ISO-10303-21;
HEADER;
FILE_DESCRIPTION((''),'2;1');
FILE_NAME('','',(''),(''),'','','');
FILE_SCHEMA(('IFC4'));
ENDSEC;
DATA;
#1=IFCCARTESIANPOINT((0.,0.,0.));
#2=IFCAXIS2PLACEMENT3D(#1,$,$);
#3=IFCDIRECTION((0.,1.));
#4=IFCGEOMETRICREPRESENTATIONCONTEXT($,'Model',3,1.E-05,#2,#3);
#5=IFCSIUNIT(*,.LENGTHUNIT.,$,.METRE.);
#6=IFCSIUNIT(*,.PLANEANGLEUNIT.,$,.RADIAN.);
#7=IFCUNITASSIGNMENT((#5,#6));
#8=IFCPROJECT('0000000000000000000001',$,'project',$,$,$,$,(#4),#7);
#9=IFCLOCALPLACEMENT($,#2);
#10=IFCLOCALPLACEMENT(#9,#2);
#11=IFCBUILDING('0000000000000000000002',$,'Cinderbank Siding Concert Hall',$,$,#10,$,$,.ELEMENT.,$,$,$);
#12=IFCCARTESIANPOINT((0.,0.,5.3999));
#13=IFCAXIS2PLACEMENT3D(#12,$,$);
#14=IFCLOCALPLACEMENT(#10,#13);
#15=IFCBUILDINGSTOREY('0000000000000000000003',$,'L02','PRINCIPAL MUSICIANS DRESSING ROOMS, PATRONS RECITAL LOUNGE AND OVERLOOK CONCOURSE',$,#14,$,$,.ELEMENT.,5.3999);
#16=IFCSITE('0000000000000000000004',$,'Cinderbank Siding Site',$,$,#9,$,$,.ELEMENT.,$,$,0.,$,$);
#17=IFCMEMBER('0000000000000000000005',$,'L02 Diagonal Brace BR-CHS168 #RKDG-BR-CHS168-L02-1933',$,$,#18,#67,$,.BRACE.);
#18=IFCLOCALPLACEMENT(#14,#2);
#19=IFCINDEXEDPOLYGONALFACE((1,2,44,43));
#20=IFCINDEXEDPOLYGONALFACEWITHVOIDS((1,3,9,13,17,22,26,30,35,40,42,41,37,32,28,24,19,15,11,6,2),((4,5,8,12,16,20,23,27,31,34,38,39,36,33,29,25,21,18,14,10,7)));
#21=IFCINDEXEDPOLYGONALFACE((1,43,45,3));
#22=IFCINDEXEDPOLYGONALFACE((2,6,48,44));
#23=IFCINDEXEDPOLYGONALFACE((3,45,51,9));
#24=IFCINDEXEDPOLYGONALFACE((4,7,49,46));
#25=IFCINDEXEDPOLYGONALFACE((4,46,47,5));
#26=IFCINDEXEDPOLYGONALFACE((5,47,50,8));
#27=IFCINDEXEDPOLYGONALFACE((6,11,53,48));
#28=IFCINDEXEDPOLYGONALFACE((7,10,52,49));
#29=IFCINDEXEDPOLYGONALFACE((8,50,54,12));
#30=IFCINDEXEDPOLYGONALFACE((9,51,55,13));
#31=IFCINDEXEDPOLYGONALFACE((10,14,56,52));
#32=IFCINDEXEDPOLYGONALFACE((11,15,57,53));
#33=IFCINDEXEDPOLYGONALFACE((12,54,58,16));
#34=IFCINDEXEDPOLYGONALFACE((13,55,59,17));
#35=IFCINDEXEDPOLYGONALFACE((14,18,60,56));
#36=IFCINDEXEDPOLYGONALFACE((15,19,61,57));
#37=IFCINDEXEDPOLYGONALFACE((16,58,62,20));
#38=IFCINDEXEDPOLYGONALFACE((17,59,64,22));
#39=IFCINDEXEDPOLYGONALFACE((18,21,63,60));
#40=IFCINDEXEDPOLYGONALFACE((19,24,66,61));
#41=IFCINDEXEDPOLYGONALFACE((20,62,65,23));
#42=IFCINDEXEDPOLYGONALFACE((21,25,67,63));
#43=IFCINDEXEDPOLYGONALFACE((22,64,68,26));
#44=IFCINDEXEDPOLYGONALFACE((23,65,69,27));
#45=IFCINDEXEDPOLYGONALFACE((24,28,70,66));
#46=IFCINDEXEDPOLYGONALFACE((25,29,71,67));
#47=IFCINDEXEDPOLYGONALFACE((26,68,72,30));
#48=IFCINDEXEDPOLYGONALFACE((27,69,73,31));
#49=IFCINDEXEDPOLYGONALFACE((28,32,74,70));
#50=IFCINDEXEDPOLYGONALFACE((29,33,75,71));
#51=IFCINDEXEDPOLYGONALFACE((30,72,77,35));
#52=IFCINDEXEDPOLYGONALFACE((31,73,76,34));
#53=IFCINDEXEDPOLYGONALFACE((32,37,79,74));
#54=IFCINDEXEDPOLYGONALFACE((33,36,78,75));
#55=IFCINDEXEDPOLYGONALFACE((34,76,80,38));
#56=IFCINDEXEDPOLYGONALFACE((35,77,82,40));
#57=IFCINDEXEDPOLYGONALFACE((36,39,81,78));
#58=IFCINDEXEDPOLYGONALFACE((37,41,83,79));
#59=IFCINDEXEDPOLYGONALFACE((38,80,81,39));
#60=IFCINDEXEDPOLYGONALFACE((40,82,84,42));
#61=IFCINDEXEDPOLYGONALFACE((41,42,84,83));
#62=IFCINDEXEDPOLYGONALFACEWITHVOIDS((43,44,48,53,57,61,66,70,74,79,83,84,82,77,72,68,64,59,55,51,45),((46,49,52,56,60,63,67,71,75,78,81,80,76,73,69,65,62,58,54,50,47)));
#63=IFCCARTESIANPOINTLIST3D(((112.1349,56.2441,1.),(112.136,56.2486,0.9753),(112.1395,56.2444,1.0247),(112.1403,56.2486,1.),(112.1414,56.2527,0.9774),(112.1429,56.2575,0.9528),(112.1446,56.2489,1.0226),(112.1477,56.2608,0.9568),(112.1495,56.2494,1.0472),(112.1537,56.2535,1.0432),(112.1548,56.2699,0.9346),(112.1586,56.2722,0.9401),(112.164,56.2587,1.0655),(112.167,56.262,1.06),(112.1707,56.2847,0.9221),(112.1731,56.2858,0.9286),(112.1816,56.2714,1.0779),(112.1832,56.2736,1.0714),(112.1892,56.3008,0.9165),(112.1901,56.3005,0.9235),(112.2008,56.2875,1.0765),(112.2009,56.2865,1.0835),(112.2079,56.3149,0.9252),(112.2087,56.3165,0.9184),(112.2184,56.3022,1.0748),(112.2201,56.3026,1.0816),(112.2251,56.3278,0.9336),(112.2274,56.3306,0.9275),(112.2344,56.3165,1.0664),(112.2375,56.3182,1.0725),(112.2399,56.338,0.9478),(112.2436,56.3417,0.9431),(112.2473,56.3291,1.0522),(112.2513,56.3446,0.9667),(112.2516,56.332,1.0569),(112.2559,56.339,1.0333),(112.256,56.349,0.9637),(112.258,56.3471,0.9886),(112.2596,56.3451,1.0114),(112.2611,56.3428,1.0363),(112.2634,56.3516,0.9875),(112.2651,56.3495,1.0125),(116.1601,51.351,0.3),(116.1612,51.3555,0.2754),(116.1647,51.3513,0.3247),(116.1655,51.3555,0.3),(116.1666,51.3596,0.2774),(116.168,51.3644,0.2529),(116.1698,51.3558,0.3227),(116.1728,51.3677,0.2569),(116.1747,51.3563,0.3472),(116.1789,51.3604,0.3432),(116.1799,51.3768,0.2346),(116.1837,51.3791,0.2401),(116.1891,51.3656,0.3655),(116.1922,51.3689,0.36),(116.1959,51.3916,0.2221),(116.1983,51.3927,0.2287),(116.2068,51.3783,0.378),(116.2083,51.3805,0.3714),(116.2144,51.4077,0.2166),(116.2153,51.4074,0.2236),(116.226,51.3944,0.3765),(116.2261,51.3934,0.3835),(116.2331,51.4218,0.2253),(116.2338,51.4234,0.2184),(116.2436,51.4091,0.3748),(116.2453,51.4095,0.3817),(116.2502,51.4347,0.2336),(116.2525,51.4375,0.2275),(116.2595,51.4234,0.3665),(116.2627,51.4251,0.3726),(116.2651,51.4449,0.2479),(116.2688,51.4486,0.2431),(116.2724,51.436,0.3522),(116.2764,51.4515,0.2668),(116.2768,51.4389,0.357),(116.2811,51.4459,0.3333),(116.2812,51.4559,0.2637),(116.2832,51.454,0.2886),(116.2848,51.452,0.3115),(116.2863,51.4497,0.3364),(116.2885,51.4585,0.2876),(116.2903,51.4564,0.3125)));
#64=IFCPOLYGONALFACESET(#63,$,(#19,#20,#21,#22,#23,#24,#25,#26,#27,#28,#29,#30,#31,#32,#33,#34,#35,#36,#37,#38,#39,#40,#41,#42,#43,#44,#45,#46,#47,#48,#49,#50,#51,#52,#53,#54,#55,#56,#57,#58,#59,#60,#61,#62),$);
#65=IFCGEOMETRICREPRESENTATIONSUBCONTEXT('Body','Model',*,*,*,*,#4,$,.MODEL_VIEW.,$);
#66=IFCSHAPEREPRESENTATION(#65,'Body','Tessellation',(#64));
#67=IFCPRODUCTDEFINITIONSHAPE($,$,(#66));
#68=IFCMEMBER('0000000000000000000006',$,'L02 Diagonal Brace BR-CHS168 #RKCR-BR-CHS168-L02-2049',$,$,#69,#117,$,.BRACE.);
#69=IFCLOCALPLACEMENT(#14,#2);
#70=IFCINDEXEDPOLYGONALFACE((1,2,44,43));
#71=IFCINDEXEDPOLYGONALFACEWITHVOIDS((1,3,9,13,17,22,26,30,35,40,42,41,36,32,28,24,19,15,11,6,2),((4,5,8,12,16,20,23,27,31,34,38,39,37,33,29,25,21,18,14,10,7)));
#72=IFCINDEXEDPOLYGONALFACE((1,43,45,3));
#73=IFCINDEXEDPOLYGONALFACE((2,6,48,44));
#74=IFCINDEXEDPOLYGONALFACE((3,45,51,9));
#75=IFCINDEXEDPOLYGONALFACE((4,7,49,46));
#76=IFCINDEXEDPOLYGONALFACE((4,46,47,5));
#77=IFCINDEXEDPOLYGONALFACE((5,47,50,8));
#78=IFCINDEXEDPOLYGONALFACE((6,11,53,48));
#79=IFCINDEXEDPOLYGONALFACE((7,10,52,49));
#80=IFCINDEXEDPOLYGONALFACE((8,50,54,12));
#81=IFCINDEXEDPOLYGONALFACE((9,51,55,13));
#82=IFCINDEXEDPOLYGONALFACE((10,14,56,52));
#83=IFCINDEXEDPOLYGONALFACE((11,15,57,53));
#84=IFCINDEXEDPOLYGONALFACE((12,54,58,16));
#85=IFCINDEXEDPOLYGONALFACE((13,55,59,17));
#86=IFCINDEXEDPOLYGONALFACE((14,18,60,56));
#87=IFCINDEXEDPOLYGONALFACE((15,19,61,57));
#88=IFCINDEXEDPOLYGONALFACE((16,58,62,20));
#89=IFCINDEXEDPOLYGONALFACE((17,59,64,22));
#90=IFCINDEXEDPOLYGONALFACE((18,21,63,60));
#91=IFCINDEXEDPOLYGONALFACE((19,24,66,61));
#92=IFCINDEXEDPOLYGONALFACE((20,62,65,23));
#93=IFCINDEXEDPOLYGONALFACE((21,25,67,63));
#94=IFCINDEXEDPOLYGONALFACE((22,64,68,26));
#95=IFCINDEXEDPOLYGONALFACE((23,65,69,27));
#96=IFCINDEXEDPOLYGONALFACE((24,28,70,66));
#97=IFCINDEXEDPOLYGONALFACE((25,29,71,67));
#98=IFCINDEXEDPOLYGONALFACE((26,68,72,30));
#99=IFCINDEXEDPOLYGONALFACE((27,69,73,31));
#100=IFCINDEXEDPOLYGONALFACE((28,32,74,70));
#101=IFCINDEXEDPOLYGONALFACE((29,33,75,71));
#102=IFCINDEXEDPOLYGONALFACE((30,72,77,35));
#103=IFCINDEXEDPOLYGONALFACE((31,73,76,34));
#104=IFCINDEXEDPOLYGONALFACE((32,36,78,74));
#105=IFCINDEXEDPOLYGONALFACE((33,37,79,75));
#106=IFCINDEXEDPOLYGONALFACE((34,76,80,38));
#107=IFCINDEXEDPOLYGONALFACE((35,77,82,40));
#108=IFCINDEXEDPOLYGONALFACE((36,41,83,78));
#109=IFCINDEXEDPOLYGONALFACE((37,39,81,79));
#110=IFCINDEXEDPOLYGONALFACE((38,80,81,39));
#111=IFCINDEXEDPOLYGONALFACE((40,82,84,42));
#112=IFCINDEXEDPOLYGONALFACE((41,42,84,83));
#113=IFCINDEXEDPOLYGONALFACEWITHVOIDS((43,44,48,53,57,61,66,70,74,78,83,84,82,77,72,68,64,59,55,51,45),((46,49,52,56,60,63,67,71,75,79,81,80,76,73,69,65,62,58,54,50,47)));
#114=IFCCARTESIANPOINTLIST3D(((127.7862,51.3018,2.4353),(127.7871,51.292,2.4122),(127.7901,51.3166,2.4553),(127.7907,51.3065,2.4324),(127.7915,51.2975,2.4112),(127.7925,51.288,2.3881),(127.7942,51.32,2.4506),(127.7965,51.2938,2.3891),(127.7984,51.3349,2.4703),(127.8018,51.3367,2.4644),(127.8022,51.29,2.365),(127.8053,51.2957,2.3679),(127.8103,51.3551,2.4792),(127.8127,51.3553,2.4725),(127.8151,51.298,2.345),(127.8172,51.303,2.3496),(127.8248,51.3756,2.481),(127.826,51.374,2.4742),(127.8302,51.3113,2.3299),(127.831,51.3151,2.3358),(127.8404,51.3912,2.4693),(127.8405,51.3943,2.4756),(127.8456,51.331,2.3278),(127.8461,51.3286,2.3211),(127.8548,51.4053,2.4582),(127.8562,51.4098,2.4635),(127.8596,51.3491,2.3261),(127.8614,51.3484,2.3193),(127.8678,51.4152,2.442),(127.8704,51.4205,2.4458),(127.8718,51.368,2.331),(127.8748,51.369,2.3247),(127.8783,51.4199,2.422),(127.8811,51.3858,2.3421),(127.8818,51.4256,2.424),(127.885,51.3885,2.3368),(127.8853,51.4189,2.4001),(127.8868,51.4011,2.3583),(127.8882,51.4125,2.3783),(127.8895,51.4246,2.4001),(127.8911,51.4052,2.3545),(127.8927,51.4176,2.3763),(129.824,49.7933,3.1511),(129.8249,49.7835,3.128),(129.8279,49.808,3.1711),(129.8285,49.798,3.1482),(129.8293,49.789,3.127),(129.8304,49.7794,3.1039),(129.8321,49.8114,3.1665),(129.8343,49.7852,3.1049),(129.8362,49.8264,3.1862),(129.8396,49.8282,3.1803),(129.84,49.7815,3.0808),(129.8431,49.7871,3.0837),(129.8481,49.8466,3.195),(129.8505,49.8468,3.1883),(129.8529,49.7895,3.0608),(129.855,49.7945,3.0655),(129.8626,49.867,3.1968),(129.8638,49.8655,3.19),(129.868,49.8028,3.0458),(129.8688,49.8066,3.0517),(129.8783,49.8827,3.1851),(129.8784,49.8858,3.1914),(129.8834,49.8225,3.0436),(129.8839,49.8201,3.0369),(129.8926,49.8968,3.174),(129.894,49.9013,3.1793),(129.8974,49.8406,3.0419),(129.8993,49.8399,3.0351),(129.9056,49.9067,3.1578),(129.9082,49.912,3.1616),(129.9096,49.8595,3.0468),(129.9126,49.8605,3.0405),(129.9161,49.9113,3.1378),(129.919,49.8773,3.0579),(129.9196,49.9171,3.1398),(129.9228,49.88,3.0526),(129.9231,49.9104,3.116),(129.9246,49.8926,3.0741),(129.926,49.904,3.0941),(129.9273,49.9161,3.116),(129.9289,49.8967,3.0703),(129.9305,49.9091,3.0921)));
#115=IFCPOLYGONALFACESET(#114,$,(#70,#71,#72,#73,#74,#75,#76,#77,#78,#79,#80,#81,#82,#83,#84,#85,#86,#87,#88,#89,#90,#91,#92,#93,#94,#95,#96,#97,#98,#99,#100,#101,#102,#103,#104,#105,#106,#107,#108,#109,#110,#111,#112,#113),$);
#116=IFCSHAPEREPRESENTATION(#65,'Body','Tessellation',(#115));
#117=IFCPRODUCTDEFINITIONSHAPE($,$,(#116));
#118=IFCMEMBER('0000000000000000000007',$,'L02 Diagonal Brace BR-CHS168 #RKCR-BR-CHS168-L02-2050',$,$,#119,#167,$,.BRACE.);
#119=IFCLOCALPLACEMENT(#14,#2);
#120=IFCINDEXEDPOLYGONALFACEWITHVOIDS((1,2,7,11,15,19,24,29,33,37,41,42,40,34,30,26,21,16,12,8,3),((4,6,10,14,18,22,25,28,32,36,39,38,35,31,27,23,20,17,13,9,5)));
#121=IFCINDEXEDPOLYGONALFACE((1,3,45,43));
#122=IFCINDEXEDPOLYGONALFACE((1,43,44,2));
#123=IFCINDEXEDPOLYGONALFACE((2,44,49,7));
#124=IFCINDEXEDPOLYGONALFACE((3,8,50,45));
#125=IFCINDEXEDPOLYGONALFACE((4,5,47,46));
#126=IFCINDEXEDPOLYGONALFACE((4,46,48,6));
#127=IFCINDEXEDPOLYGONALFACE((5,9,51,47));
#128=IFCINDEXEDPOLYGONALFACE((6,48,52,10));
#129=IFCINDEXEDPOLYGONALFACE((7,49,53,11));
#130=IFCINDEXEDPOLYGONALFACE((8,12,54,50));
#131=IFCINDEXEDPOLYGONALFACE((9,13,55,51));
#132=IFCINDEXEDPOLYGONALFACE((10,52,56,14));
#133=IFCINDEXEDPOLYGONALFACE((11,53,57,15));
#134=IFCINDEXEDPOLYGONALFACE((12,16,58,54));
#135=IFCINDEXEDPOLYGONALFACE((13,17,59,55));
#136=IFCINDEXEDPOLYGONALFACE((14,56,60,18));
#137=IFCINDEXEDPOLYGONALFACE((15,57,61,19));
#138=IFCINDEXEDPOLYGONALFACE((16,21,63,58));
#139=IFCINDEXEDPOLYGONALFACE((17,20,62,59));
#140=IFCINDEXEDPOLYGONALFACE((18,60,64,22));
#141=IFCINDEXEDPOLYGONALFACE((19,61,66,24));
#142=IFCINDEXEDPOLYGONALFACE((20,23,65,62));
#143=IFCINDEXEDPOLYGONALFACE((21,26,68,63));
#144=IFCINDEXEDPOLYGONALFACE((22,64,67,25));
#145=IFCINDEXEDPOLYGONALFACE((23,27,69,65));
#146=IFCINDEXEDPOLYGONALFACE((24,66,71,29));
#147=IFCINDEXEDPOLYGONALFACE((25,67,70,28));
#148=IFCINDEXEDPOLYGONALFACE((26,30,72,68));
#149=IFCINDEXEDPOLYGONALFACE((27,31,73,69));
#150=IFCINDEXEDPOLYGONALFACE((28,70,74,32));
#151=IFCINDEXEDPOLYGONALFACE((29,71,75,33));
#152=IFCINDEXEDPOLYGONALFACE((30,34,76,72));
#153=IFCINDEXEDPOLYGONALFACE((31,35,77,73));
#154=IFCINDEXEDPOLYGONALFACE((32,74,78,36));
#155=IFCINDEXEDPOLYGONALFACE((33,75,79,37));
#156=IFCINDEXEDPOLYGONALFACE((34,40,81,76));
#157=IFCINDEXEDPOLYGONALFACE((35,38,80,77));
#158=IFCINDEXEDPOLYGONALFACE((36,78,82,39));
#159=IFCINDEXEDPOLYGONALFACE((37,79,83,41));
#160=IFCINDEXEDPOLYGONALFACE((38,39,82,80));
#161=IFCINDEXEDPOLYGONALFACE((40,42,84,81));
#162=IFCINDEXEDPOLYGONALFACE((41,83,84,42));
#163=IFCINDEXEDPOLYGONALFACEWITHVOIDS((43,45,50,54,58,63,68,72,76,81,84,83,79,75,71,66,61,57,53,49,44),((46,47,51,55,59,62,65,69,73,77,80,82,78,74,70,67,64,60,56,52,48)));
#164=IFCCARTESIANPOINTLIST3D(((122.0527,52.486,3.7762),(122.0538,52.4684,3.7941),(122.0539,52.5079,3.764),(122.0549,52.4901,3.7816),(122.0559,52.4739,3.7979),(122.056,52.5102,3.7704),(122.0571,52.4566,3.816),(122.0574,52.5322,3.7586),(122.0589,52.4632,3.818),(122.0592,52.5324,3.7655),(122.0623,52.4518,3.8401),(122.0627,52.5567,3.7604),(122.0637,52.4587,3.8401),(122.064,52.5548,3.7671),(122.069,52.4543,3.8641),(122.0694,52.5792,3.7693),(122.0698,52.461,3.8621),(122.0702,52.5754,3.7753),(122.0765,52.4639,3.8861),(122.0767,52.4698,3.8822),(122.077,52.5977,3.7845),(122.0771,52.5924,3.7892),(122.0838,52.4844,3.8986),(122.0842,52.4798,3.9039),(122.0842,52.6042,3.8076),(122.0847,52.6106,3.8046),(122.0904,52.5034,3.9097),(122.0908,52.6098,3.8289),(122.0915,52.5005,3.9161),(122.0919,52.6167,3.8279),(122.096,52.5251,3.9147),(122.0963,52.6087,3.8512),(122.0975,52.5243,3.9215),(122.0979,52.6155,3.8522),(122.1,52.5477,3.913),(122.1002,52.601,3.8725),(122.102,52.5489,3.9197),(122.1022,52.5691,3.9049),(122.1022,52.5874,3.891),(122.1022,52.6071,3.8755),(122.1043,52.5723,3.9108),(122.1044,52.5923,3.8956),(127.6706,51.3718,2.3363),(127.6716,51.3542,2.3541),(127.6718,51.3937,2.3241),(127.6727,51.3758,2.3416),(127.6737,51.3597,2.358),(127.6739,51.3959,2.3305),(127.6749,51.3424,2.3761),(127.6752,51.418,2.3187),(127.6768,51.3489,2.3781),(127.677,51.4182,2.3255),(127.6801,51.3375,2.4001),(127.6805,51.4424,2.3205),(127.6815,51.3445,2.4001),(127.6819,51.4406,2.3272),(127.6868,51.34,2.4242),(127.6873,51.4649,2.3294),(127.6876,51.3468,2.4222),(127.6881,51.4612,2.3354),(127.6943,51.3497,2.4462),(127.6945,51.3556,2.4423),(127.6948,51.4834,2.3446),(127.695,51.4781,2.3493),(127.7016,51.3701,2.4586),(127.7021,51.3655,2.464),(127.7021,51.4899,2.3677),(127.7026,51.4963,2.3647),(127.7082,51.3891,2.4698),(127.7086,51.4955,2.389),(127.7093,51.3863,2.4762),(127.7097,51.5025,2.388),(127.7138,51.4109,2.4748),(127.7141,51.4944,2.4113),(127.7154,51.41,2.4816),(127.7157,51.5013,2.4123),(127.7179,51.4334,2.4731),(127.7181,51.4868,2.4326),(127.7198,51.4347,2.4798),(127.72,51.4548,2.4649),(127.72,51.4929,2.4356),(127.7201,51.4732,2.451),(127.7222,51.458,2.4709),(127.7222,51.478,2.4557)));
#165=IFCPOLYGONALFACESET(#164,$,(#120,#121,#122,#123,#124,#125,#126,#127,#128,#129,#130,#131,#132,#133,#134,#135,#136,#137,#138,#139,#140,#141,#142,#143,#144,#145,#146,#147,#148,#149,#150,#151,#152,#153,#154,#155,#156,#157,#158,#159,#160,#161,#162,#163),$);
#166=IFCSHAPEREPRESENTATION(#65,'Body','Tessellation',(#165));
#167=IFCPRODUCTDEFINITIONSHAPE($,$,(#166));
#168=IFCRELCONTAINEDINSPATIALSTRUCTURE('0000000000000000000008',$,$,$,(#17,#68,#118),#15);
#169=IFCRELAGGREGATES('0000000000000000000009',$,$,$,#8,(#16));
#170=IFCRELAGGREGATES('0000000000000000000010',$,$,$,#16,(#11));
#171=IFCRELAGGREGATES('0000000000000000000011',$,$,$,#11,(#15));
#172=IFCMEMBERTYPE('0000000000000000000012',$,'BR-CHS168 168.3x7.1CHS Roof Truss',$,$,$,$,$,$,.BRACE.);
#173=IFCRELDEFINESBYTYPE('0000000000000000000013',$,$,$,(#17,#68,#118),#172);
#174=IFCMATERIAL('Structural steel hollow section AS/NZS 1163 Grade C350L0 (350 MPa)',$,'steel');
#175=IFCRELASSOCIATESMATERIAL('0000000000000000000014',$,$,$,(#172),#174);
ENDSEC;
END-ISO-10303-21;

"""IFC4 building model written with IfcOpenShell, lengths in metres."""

from ifc_helpers import new_model, si_unit, direction, frame, origin, origin_2d, place, context, subcontext, project, spatial, hollow_circle, extrude, material, material_profile, profile_set, type_object, element, save


model = new_model("IFC4")

# Units and contexts
model_context = context("Model", 3, precision=1e-05, world=origin(), true_north=direction((0.0, 1.0)))
body_context = subcontext(model_context, "Body", "Model", "MODEL_VIEW")
ifc_project = project(units=[si_unit("LENGTHUNIT", "METRE"), si_unit("PLANEANGLEUNIT", "RADIAN")], contexts=[model_context])

# Site, building, storey
site_placement = place(None, origin())
site = spatial("IfcSite", under=ifc_project, at=site_placement, Name="Cinderbank Siding Site", CompositionType="ELEMENT", RefElevation=0.0)
building_placement = place(site_placement, origin())
building = spatial("IfcBuilding", under=site, at=building_placement, Name="Cinderbank Siding Concert Hall", CompositionType="ELEMENT")
storey_placement = place(building_placement, frame((0.0, 0.0, 5.3999)))
storey = spatial("IfcBuildingStorey", under=building, at=storey_placement, Name="L02", Description="PRINCIPAL MUSICIANS DRESSING ROOMS, PATRONS RECITAL LOUNGE AND OVERLOOK CONCOURSE", CompositionType="ELEMENT", Elevation=5.3999)

# Shared definitions
ifc_material_1 = material(Name="Structural steel hollow section AS/NZS 1163 Grade C350L0 (350 MPa)", Category="steel")

# Members
ifc_material_profile_1 = material_profile(ifc_material_1, hollow_circle(Radius=0.0842, WallThickness=0.0071, at=origin_2d()), Name="168.3x7.1CHS", Category="LoadBearing")
ifc_profile_set_1 = profile_set([ifc_material_profile_1], Name="Structural steel hollow section AS/NZS 1163 Grade C350L0 (350 MPa)")
member_type_1 = type_object("IfcMemberType", Name="BR-CHS168 168.3x7.1CHS Roof Truss", PredefinedType="BRACE", material=ifc_profile_set_1)
member_1_placement = place(storey_placement, frame((116.2251, 51.4045, 0.3), z_axis=(-0.631448, 0.767604, 0.109805), x_axis=(-0.772274, -0.63529, 0.0)))
element("IfcMember", 1, at=member_1_placement, inside=storey, type_object=member_type_1, Name="L02 Diagonal Brace BR-CHS168 #RKDG-BR-CHS168-L02-1933", PredefinedType="BRACE", context=body_context, shape_type="SweptSolid", body=[
    extrude(hollow_circle(Radius=0.0842, WallThickness=0.0071, at=origin_2d()), origin(), (0.0, 0.0, 1.0), 6.3745),
])
member_2_placement = place(storey_placement, frame((127.8394, 51.3569, 2.4001), z_axis=(0.773504, -0.572598, 0.271704), x_axis=(0.594981, 0.80374, 0.0)))
element("IfcMember", 2, at=member_2_placement, inside=storey, type_object=member_type_1, Name="L02 Diagonal Brace BR-CHS168 #RKCR-BR-CHS168-L02-2049", PredefinedType="BRACE", context=body_context, shape_type="SweptSolid", body=[
    extrude(hollow_circle(Radius=0.0842, WallThickness=0.0071, at=origin_2d()), origin(), (0.0, 0.0, 1.0), 2.6345),
])
member_3_placement = place(storey_placement, frame((127.6965, 51.4202, 2.4001), z_axis=(-0.951288, 0.188678, 0.243827), x_axis=(-0.19455, -0.980893, 0.0)))
element("IfcMember", 3, at=member_3_placement, inside=storey, type_object=member_type_1, Name="L02 Diagonal Brace BR-CHS168 #RKCR-BR-CHS168-L02-2050", PredefinedType="BRACE", context=body_context, shape_type="SweptSolid", body=[
    extrude(hollow_circle(Radius=0.0842, WallThickness=0.0071, at=origin_2d()), origin(), (0.0, 0.0, 1.0), 5.9055),
])

save(model, "model.ifc")
